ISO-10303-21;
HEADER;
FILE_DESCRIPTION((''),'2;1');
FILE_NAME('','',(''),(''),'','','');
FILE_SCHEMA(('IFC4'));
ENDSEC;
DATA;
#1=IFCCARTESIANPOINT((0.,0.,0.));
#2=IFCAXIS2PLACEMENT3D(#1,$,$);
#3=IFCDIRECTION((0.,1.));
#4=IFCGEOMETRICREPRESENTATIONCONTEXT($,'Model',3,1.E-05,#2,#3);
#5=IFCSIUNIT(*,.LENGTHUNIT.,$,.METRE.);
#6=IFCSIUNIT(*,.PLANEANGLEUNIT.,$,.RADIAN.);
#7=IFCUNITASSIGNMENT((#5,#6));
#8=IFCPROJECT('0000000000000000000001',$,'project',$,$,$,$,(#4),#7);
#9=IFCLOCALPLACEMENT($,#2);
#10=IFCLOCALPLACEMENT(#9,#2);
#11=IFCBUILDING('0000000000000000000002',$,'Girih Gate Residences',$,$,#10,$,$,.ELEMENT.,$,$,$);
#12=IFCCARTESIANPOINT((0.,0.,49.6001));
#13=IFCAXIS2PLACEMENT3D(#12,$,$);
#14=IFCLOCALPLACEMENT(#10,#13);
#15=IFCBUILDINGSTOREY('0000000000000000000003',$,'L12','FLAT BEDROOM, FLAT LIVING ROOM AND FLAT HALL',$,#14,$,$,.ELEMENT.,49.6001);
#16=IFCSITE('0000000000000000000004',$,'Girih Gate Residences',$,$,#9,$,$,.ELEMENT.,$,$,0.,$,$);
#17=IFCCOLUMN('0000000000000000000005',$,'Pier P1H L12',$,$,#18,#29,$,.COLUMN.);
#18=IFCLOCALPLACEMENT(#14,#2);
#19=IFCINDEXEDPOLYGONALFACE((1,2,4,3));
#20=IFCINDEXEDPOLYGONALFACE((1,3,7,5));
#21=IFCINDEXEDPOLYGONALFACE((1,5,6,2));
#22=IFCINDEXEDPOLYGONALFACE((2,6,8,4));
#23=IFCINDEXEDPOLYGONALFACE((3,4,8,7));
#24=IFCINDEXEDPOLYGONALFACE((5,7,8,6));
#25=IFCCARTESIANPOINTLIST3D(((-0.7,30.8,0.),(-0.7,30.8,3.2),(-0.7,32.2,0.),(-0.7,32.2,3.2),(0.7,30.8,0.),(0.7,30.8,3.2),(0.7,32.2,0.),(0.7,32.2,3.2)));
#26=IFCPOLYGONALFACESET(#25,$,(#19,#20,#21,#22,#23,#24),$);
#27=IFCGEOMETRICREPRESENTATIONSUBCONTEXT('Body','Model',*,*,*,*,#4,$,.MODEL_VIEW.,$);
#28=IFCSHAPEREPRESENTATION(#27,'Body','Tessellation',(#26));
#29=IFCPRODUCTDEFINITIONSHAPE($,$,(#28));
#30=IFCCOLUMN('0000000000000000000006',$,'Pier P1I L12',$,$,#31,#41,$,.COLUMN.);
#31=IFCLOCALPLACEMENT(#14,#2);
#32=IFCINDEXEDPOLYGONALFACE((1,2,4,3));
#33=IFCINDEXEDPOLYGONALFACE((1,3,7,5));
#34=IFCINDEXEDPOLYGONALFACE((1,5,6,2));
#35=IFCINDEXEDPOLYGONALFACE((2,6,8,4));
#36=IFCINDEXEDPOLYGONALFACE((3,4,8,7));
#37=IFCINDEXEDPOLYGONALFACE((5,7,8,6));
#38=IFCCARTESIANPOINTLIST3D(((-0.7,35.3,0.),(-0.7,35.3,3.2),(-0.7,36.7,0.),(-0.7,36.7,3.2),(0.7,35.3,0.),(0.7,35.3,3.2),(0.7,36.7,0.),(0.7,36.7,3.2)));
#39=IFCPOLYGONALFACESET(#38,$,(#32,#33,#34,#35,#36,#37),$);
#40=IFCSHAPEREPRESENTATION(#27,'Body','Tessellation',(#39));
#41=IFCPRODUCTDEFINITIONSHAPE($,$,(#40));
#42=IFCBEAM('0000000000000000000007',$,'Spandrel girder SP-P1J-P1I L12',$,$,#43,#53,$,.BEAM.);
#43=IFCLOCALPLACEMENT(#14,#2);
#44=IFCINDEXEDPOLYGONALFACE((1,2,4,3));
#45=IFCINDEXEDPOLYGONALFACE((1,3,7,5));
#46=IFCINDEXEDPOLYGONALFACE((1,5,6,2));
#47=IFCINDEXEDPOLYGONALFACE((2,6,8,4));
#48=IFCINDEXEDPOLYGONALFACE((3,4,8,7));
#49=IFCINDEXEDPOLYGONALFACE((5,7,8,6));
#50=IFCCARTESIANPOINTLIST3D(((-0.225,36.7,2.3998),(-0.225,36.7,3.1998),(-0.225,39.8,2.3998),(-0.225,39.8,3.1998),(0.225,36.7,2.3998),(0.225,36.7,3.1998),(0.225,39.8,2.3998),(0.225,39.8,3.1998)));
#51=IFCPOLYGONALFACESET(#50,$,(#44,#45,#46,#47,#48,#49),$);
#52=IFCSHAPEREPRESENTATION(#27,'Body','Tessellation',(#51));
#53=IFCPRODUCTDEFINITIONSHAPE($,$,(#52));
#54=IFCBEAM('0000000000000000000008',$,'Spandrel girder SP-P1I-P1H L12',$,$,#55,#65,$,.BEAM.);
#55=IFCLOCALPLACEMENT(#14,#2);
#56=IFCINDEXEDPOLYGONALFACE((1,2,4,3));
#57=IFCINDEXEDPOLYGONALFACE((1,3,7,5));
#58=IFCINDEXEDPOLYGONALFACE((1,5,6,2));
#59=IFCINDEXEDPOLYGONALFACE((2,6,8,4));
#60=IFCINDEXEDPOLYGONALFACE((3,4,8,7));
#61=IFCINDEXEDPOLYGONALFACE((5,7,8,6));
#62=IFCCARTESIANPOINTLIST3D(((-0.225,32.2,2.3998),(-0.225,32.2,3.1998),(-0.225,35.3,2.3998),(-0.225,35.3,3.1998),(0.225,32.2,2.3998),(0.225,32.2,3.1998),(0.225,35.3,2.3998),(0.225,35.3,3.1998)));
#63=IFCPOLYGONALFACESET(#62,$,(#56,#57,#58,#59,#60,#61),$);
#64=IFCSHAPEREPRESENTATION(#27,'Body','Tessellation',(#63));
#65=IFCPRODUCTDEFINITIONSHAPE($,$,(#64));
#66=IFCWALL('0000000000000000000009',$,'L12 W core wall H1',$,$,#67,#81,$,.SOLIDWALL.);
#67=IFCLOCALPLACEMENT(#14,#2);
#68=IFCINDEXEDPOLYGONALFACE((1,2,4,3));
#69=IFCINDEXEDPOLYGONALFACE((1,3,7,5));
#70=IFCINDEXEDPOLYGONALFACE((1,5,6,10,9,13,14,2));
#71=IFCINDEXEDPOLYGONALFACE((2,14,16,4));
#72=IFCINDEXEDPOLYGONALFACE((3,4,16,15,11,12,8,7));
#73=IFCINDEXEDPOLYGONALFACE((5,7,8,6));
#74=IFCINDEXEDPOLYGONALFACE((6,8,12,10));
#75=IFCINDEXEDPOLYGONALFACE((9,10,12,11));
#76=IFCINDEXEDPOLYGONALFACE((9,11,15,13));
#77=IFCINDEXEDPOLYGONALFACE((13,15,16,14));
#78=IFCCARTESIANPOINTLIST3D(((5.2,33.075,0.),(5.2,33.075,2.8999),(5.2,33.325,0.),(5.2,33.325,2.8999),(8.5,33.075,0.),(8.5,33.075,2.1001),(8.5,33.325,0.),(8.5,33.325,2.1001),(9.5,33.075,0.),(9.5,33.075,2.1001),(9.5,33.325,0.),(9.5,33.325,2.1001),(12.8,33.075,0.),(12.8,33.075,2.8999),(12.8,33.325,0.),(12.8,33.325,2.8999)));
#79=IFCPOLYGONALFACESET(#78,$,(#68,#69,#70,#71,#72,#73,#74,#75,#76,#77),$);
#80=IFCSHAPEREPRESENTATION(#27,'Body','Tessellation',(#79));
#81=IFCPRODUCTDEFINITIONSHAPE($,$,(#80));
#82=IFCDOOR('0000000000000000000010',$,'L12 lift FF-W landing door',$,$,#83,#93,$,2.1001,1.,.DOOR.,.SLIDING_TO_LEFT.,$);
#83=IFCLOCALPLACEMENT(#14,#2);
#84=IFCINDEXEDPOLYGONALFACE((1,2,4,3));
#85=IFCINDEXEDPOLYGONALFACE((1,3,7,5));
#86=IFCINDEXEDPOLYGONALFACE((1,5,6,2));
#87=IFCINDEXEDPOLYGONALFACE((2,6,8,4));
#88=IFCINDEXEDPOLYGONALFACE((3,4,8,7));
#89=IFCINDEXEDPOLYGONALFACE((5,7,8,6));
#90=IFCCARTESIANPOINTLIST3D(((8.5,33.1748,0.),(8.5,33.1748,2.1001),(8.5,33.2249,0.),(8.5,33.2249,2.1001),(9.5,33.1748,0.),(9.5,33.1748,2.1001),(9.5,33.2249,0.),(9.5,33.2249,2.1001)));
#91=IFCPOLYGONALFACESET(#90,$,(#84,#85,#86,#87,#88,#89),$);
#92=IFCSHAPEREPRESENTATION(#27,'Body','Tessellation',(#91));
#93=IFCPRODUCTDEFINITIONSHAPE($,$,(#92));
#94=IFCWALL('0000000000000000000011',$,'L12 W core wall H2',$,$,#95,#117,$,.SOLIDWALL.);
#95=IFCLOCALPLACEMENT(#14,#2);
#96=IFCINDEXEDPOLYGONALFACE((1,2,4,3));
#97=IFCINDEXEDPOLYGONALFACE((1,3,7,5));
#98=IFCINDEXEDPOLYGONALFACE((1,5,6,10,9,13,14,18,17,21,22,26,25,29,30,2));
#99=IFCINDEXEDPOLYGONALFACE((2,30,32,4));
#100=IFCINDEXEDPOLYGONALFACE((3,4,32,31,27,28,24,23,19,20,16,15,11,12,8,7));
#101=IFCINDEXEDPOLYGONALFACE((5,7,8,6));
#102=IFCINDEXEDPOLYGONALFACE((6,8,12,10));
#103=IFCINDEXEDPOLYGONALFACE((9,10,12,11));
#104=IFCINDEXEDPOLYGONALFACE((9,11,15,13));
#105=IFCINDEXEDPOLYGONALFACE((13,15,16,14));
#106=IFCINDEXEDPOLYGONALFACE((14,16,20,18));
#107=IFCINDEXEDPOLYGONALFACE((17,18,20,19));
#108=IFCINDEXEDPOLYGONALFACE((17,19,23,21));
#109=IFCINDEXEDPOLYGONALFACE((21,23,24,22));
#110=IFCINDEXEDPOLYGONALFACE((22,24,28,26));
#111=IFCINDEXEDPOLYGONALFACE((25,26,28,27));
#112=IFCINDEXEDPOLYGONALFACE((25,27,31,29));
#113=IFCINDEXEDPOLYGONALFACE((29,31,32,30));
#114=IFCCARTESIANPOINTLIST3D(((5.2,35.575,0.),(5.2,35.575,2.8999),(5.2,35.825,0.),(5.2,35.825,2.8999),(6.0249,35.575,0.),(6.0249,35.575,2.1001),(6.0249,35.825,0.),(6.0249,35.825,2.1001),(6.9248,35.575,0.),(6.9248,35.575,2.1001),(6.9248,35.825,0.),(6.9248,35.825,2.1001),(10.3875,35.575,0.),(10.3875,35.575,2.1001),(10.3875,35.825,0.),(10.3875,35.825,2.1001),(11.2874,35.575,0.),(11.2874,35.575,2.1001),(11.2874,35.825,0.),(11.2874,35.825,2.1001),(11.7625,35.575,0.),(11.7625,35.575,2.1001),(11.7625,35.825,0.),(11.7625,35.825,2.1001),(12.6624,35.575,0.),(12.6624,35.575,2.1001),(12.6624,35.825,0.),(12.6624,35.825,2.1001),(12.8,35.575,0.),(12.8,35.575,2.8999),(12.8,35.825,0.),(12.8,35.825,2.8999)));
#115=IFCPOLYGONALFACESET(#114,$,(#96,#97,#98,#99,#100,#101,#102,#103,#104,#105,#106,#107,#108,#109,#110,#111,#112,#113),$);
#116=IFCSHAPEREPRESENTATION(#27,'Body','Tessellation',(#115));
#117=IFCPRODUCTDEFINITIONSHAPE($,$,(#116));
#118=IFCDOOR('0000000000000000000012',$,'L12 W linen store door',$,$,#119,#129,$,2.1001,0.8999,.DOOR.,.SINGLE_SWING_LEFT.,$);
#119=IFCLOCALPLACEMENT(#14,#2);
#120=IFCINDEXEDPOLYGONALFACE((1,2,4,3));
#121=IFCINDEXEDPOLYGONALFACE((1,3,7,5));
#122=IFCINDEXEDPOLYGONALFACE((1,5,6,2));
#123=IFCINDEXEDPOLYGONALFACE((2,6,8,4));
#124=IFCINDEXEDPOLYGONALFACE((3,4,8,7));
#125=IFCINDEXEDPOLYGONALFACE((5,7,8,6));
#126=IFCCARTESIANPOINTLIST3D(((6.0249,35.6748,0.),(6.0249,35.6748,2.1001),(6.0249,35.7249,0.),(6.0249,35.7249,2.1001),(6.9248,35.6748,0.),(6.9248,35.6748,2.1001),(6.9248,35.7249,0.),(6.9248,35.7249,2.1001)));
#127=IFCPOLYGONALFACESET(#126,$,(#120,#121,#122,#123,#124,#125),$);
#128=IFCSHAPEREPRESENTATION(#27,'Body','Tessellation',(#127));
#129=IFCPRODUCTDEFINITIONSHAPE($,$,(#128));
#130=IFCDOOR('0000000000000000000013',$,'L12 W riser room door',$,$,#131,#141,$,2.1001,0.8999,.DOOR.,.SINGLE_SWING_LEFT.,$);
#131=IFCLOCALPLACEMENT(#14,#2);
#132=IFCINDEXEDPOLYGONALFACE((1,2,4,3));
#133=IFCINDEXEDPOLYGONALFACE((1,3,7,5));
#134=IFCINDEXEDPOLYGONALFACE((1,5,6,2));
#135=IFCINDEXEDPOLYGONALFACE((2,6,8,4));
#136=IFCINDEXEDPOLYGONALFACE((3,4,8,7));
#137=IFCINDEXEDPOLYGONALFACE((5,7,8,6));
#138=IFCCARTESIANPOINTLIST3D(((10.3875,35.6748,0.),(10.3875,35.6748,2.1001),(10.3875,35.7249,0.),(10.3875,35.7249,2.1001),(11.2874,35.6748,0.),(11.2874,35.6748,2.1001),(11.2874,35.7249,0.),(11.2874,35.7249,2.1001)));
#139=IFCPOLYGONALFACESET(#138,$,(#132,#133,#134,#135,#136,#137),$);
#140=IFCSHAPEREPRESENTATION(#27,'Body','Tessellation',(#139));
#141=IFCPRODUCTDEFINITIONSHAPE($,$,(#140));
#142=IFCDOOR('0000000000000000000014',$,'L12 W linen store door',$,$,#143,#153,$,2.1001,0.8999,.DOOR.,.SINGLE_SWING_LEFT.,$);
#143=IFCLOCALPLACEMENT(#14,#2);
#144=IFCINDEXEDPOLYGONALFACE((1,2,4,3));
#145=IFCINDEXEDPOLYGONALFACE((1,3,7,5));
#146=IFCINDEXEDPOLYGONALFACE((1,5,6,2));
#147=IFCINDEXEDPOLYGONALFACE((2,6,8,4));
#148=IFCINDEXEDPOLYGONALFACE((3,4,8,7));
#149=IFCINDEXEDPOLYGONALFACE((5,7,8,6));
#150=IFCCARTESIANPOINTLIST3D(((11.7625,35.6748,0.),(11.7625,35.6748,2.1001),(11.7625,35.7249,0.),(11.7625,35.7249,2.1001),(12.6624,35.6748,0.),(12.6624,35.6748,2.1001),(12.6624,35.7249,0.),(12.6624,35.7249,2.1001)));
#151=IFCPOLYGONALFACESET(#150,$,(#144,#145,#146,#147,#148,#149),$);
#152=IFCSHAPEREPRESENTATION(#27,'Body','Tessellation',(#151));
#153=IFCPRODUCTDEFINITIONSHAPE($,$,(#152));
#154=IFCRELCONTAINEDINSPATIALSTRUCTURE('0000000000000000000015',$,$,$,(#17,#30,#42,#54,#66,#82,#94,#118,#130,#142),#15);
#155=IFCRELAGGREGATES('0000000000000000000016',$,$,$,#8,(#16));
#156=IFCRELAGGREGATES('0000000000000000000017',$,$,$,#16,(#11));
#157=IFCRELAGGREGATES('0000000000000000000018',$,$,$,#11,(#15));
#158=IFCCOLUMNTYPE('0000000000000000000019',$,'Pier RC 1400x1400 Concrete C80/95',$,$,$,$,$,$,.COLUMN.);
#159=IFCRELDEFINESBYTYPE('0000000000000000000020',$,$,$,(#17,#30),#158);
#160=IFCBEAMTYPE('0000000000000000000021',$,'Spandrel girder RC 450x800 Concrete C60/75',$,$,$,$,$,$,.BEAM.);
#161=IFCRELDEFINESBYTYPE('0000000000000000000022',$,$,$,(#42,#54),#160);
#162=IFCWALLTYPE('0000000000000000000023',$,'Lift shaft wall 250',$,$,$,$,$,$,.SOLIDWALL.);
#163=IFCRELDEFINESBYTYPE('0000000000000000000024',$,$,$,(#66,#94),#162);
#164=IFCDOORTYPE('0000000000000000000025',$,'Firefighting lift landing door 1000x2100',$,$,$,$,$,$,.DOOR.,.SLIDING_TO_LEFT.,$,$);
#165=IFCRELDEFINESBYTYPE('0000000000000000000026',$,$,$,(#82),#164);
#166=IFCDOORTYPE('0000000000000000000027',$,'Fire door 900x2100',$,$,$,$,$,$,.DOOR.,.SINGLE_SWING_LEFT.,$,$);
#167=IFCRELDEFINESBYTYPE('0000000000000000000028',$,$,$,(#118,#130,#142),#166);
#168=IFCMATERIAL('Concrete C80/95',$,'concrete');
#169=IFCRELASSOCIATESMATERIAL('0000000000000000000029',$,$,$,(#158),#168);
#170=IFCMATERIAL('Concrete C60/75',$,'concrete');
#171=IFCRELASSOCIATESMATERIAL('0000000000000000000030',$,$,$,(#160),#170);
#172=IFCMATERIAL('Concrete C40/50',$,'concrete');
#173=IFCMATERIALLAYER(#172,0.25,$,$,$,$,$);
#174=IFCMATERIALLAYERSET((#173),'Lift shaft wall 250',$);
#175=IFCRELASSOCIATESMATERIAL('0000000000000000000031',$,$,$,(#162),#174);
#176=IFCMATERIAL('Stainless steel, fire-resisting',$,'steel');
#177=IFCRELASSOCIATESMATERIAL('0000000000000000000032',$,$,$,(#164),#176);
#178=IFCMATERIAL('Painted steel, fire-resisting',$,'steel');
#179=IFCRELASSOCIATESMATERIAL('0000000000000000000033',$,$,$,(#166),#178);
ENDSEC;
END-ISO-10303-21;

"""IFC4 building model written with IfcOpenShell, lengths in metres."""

from ifc_helpers import new_model, si_unit, direction, frame, frame_2d, origin, origin_2d, place, context, subcontext, project, spatial, rectangle, extrude, material, layer, layer_set, material_profile, profile_set, type_object, element, fill, save


model = new_model("IFC4")

# Units and contexts
model_context = context("Model", 3, precision=1e-05, world=origin(), true_north=direction((0.0, 1.0)))
body_context = subcontext(model_context, "Body", "Model", "MODEL_VIEW")
ifc_project = project(units=[si_unit("LENGTHUNIT", "METRE"), si_unit("PLANEANGLEUNIT", "RADIAN")], contexts=[model_context])

# Site, building, storey
site_placement = place(None, origin())
site = spatial("IfcSite", under=ifc_project, at=site_placement, Name="Girih Gate Residences", CompositionType="ELEMENT", RefElevation=0.0)
building_placement = place(site_placement, origin())
building = spatial("IfcBuilding", under=site, at=building_placement, Name="Girih Gate Residences", CompositionType="ELEMENT")
storey_placement = place(building_placement, frame((0.0, 0.0, 49.6001)))
storey = spatial("IfcBuildingStorey", under=building, at=storey_placement, Name="L12", Description="FLAT BEDROOM, FLAT LIVING ROOM AND FLAT HALL", CompositionType="ELEMENT", Elevation=49.6001)

# Columns
ifc_material_1 = material(Name="Concrete C80/95", Category="concrete")
ifc_material_profile_1 = material_profile(ifc_material_1, rectangle(XDim=1.3999, YDim=1.3999, at=origin_2d()))
ifc_profile_set_1 = profile_set([ifc_material_profile_1], Name="Concrete C80/95")
column_type = type_object("IfcColumnType", Name="Pier RC 1400x1400 Concrete C80/95", PredefinedType="COLUMN", material=ifc_profile_set_1)
for number, where, z_axis, x_axis, name in (
    (1, (0.0, 31.5, 0.0), (0.0, 0.0, 1.0), (1.0, 0.0, 0.0), "Pier P1H L12"),
    (2, (0.0, 36.0, 0.0), (0.0, 0.0, 1.0), (1.0, 0.0, 0.0), "Pier P1I L12"),
):
    element("IfcColumn", number, at=place(storey_placement, frame(where, z_axis=z_axis, x_axis=x_axis)), inside=storey, type_object=column_type, Name=name, PredefinedType="COLUMN", context=body_context, shape_type="SweptSolid", body=[
        extrude(rectangle(XDim=1.3999, YDim=1.3999, at=origin_2d()), origin(), (0.0, 0.0, 1.0), 3.2),
    ])

# Beams
ifc_material_2 = material(Name="Concrete C60/75", Category="concrete")
ifc_material_profile_2 = material_profile(ifc_material_2, rectangle(XDim=0.45, YDim=0.8, at=origin_2d()))
ifc_profile_set_2 = profile_set([ifc_material_profile_2], Name="Concrete C60/75")
beam_type = type_object("IfcBeamType", Name="Spandrel girder RC 450x800 Concrete C60/75", PredefinedType="BEAM", material=ifc_profile_set_2)
for number, where, z_axis, x_axis, name in (
    (3, (0.0, 39.8, 2.7998), (0.0, -1.0, 0.0), (1.0, 0.0, 0.0), "Spandrel girder SP-P1J-P1I L12"),
    (4, (0.0, 35.3, 2.7998), (0.0, -1.0, 0.0), (1.0, 0.0, 0.0), "Spandrel girder SP-P1I-P1H L12"),
):
    element("IfcBeam", number, at=place(storey_placement, frame(where, z_axis=z_axis, x_axis=x_axis)), inside=storey, type_object=beam_type, Name=name, PredefinedType="BEAM", context=body_context, shape_type="SweptSolid", body=[
        extrude(rectangle(XDim=0.45, YDim=0.8, at=origin_2d()), origin(), (0.0, 0.0, 1.0), 3.1001),
    ])

# Wall, opening, door
ifc_material_3 = material(Name="Concrete C40/50", Category="concrete")
ifc_layer_1 = layer(ifc_material_3, 0.25)
ifc_layer_set_1 = layer_set([ifc_layer_1], Name="Lift shaft wall 250")
wall_type_1 = type_object("IfcWallType", Name="Lift shaft wall 250", PredefinedType="SOLIDWALL", material=ifc_layer_set_1)
wall_1_placement = place(storey_placement, frame((5.2, 33.2, 0.0), z_axis=(0.0, 0.0, 1.0), x_axis=(1.0, 0.0, 0.0)))
wall_1 = element("IfcWall", 5, at=wall_1_placement, inside=storey, type_object=wall_type_1, Name="L12 W core wall H1", PredefinedType="SOLIDWALL", context=body_context, shape_type="SweptSolid", body=[
    extrude(rectangle(XDim=7.6001, YDim=0.25, at=frame_2d((3.8, 0.0))), origin(), (0.0, 0.0, 1.0), 2.8999),
])
opening_1_placement = place(wall_1_placement, frame((3.3, 0.0, 0.0)))
opening_1 = element("IfcOpeningElement", 6, at=opening_1_placement, cuts=wall_1, PredefinedType="OPENING", context=body_context, shape_type="SweptSolid", body=[
    extrude(rectangle(XDim=1.0, YDim=2.1001, at=frame_2d((0.5, 1.05))), frame((0.0, 0.135, 0.0), z_axis=(0.0, -1.0, 0.0), x_axis=(1.0, 0.0, 0.0)), (0.0, 0.0, 1.0), 0.27),
])
ifc_material_4 = material(Name="Stainless steel, fire-resisting", Category="steel")
door_type_1 = type_object("IfcDoorType", Name="Firefighting lift landing door 1000x2100", OperationType="SLIDING_TO_LEFT", PredefinedType="DOOR", material=ifc_material_4)
door_1_placement = place(opening_1_placement, origin())
door_1 = element("IfcDoor", 7, at=door_1_placement, inside=storey, type_object=door_type_1, Name="L12 lift FF-W landing door", OperationType="SLIDING_TO_LEFT", OverallHeight=2.1001, OverallWidth=1.0, PredefinedType="DOOR", context=body_context, shape_type="SweptSolid", body=[
    extrude(rectangle(XDim=1.0, YDim=2.1001, at=frame_2d((0.5, 1.05))), frame((0.0, 0.0249, 0.0), z_axis=(0.0, -1.0, 0.0), x_axis=(1.0, 0.0, 0.0)), (0.0, 0.0, 1.0), 0.05),
])
fill(opening_1, door_1)

# Wall, openings, doors
wall_2_placement = place(storey_placement, frame((5.2, 35.7, 0.0), z_axis=(0.0, 0.0, 1.0), x_axis=(1.0, 0.0, 0.0)))
wall_2 = element("IfcWall", 8, at=wall_2_placement, inside=storey, type_object=wall_type_1, Name="L12 W core wall H2", PredefinedType="SOLIDWALL", context=body_context, shape_type="SweptSolid", body=[
    extrude(rectangle(XDim=7.6001, YDim=0.25, at=frame_2d((3.8, 0.0))), origin(), (0.0, 0.0, 1.0), 2.8999),
])
opening_2_placement = place(wall_2_placement, frame((0.825, 0.0, 0.0)))
opening_2 = element("IfcOpeningElement", 9, at=opening_2_placement, cuts=wall_2, PredefinedType="OPENING", context=body_context, shape_type="SweptSolid", body=[
    extrude(rectangle(XDim=0.8999, YDim=2.1001, at=frame_2d((0.45, 1.05))), frame((0.0, 0.135, 0.0), z_axis=(0.0, -1.0, 0.0), x_axis=(1.0, 0.0, 0.0)), (0.0, 0.0, 1.0), 0.27),
])
opening_3_placement = place(wall_2_placement, frame((5.1875, 0.0, 0.0)))
opening_3 = element("IfcOpeningElement", 10, at=opening_3_placement, cuts=wall_2, PredefinedType="OPENING", context=body_context, shape_type="SweptSolid", body=[
    extrude(rectangle(XDim=0.8999, YDim=2.1001, at=frame_2d((0.45, 1.05))), frame((0.0, 0.135, 0.0), z_axis=(0.0, -1.0, 0.0), x_axis=(1.0, 0.0, 0.0)), (0.0, 0.0, 1.0), 0.27),
])
opening_4_placement = place(wall_2_placement, frame((6.5625, 0.0, 0.0)))
opening_4 = element("IfcOpeningElement", 11, at=opening_4_placement, cuts=wall_2, PredefinedType="OPENING", context=body_context, shape_type="SweptSolid", body=[
    extrude(rectangle(XDim=0.8999, YDim=2.1001, at=frame_2d((0.45, 1.05))), frame((0.0, 0.135, 0.0), z_axis=(0.0, -1.0, 0.0), x_axis=(1.0, 0.0, 0.0)), (0.0, 0.0, 1.0), 0.27),
])
ifc_material_5 = material(Name="Painted steel, fire-resisting", Category="steel")
door_type_2 = type_object("IfcDoorType", Name="Fire door 900x2100", OperationType="SINGLE_SWING_LEFT", PredefinedType="DOOR", material=ifc_material_5)
door_2_placement = place(opening_2_placement, origin())
door_2 = element("IfcDoor", 12, at=door_2_placement, inside=storey, type_object=door_type_2, Name="L12 W linen store door", OperationType="SINGLE_SWING_LEFT", OverallHeight=2.1001, OverallWidth=0.8999, PredefinedType="DOOR", context=body_context, shape_type="SweptSolid", body=[
    extrude(rectangle(XDim=0.8999, YDim=2.1001, at=frame_2d((0.45, 1.05))), frame((0.0, 0.0249, 0.0), z_axis=(0.0, -1.0, 0.0), x_axis=(1.0, 0.0, 0.0)), (0.0, 0.0, 1.0), 0.05),
])
fill(opening_2, door_2)
door_3_placement = place(opening_3_placement, origin())
door_3 = element("IfcDoor", 13, at=door_3_placement, inside=storey, type_object=door_type_2, Name="L12 W riser room door", OperationType="SINGLE_SWING_LEFT", OverallHeight=2.1001, OverallWidth=0.8999, PredefinedType="DOOR", context=body_context, shape_type="SweptSolid", body=[
    extrude(rectangle(XDim=0.8999, YDim=2.1001, at=frame_2d((0.45, 1.05))), frame((0.0, 0.0249, 0.0), z_axis=(0.0, -1.0, 0.0), x_axis=(1.0, 0.0, 0.0)), (0.0, 0.0, 1.0), 0.05),
])
fill(opening_3, door_3)
door_4_placement = place(opening_4_placement, origin())
door_4 = element("IfcDoor", 14, at=door_4_placement, inside=storey, type_object=door_type_2, Name="L12 W linen store door", OperationType="SINGLE_SWING_LEFT", OverallHeight=2.1001, OverallWidth=0.8999, PredefinedType="DOOR", context=body_context, shape_type="SweptSolid", body=[
    extrude(rectangle(XDim=0.8999, YDim=2.1001, at=frame_2d((0.45, 1.05))), frame((0.0, 0.0249, 0.0), z_axis=(0.0, -1.0, 0.0), x_axis=(1.0, 0.0, 0.0)), (0.0, 0.0, 1.0), 0.05),
])
fill(opening_4, door_4)

save(model, "model.ifc")
